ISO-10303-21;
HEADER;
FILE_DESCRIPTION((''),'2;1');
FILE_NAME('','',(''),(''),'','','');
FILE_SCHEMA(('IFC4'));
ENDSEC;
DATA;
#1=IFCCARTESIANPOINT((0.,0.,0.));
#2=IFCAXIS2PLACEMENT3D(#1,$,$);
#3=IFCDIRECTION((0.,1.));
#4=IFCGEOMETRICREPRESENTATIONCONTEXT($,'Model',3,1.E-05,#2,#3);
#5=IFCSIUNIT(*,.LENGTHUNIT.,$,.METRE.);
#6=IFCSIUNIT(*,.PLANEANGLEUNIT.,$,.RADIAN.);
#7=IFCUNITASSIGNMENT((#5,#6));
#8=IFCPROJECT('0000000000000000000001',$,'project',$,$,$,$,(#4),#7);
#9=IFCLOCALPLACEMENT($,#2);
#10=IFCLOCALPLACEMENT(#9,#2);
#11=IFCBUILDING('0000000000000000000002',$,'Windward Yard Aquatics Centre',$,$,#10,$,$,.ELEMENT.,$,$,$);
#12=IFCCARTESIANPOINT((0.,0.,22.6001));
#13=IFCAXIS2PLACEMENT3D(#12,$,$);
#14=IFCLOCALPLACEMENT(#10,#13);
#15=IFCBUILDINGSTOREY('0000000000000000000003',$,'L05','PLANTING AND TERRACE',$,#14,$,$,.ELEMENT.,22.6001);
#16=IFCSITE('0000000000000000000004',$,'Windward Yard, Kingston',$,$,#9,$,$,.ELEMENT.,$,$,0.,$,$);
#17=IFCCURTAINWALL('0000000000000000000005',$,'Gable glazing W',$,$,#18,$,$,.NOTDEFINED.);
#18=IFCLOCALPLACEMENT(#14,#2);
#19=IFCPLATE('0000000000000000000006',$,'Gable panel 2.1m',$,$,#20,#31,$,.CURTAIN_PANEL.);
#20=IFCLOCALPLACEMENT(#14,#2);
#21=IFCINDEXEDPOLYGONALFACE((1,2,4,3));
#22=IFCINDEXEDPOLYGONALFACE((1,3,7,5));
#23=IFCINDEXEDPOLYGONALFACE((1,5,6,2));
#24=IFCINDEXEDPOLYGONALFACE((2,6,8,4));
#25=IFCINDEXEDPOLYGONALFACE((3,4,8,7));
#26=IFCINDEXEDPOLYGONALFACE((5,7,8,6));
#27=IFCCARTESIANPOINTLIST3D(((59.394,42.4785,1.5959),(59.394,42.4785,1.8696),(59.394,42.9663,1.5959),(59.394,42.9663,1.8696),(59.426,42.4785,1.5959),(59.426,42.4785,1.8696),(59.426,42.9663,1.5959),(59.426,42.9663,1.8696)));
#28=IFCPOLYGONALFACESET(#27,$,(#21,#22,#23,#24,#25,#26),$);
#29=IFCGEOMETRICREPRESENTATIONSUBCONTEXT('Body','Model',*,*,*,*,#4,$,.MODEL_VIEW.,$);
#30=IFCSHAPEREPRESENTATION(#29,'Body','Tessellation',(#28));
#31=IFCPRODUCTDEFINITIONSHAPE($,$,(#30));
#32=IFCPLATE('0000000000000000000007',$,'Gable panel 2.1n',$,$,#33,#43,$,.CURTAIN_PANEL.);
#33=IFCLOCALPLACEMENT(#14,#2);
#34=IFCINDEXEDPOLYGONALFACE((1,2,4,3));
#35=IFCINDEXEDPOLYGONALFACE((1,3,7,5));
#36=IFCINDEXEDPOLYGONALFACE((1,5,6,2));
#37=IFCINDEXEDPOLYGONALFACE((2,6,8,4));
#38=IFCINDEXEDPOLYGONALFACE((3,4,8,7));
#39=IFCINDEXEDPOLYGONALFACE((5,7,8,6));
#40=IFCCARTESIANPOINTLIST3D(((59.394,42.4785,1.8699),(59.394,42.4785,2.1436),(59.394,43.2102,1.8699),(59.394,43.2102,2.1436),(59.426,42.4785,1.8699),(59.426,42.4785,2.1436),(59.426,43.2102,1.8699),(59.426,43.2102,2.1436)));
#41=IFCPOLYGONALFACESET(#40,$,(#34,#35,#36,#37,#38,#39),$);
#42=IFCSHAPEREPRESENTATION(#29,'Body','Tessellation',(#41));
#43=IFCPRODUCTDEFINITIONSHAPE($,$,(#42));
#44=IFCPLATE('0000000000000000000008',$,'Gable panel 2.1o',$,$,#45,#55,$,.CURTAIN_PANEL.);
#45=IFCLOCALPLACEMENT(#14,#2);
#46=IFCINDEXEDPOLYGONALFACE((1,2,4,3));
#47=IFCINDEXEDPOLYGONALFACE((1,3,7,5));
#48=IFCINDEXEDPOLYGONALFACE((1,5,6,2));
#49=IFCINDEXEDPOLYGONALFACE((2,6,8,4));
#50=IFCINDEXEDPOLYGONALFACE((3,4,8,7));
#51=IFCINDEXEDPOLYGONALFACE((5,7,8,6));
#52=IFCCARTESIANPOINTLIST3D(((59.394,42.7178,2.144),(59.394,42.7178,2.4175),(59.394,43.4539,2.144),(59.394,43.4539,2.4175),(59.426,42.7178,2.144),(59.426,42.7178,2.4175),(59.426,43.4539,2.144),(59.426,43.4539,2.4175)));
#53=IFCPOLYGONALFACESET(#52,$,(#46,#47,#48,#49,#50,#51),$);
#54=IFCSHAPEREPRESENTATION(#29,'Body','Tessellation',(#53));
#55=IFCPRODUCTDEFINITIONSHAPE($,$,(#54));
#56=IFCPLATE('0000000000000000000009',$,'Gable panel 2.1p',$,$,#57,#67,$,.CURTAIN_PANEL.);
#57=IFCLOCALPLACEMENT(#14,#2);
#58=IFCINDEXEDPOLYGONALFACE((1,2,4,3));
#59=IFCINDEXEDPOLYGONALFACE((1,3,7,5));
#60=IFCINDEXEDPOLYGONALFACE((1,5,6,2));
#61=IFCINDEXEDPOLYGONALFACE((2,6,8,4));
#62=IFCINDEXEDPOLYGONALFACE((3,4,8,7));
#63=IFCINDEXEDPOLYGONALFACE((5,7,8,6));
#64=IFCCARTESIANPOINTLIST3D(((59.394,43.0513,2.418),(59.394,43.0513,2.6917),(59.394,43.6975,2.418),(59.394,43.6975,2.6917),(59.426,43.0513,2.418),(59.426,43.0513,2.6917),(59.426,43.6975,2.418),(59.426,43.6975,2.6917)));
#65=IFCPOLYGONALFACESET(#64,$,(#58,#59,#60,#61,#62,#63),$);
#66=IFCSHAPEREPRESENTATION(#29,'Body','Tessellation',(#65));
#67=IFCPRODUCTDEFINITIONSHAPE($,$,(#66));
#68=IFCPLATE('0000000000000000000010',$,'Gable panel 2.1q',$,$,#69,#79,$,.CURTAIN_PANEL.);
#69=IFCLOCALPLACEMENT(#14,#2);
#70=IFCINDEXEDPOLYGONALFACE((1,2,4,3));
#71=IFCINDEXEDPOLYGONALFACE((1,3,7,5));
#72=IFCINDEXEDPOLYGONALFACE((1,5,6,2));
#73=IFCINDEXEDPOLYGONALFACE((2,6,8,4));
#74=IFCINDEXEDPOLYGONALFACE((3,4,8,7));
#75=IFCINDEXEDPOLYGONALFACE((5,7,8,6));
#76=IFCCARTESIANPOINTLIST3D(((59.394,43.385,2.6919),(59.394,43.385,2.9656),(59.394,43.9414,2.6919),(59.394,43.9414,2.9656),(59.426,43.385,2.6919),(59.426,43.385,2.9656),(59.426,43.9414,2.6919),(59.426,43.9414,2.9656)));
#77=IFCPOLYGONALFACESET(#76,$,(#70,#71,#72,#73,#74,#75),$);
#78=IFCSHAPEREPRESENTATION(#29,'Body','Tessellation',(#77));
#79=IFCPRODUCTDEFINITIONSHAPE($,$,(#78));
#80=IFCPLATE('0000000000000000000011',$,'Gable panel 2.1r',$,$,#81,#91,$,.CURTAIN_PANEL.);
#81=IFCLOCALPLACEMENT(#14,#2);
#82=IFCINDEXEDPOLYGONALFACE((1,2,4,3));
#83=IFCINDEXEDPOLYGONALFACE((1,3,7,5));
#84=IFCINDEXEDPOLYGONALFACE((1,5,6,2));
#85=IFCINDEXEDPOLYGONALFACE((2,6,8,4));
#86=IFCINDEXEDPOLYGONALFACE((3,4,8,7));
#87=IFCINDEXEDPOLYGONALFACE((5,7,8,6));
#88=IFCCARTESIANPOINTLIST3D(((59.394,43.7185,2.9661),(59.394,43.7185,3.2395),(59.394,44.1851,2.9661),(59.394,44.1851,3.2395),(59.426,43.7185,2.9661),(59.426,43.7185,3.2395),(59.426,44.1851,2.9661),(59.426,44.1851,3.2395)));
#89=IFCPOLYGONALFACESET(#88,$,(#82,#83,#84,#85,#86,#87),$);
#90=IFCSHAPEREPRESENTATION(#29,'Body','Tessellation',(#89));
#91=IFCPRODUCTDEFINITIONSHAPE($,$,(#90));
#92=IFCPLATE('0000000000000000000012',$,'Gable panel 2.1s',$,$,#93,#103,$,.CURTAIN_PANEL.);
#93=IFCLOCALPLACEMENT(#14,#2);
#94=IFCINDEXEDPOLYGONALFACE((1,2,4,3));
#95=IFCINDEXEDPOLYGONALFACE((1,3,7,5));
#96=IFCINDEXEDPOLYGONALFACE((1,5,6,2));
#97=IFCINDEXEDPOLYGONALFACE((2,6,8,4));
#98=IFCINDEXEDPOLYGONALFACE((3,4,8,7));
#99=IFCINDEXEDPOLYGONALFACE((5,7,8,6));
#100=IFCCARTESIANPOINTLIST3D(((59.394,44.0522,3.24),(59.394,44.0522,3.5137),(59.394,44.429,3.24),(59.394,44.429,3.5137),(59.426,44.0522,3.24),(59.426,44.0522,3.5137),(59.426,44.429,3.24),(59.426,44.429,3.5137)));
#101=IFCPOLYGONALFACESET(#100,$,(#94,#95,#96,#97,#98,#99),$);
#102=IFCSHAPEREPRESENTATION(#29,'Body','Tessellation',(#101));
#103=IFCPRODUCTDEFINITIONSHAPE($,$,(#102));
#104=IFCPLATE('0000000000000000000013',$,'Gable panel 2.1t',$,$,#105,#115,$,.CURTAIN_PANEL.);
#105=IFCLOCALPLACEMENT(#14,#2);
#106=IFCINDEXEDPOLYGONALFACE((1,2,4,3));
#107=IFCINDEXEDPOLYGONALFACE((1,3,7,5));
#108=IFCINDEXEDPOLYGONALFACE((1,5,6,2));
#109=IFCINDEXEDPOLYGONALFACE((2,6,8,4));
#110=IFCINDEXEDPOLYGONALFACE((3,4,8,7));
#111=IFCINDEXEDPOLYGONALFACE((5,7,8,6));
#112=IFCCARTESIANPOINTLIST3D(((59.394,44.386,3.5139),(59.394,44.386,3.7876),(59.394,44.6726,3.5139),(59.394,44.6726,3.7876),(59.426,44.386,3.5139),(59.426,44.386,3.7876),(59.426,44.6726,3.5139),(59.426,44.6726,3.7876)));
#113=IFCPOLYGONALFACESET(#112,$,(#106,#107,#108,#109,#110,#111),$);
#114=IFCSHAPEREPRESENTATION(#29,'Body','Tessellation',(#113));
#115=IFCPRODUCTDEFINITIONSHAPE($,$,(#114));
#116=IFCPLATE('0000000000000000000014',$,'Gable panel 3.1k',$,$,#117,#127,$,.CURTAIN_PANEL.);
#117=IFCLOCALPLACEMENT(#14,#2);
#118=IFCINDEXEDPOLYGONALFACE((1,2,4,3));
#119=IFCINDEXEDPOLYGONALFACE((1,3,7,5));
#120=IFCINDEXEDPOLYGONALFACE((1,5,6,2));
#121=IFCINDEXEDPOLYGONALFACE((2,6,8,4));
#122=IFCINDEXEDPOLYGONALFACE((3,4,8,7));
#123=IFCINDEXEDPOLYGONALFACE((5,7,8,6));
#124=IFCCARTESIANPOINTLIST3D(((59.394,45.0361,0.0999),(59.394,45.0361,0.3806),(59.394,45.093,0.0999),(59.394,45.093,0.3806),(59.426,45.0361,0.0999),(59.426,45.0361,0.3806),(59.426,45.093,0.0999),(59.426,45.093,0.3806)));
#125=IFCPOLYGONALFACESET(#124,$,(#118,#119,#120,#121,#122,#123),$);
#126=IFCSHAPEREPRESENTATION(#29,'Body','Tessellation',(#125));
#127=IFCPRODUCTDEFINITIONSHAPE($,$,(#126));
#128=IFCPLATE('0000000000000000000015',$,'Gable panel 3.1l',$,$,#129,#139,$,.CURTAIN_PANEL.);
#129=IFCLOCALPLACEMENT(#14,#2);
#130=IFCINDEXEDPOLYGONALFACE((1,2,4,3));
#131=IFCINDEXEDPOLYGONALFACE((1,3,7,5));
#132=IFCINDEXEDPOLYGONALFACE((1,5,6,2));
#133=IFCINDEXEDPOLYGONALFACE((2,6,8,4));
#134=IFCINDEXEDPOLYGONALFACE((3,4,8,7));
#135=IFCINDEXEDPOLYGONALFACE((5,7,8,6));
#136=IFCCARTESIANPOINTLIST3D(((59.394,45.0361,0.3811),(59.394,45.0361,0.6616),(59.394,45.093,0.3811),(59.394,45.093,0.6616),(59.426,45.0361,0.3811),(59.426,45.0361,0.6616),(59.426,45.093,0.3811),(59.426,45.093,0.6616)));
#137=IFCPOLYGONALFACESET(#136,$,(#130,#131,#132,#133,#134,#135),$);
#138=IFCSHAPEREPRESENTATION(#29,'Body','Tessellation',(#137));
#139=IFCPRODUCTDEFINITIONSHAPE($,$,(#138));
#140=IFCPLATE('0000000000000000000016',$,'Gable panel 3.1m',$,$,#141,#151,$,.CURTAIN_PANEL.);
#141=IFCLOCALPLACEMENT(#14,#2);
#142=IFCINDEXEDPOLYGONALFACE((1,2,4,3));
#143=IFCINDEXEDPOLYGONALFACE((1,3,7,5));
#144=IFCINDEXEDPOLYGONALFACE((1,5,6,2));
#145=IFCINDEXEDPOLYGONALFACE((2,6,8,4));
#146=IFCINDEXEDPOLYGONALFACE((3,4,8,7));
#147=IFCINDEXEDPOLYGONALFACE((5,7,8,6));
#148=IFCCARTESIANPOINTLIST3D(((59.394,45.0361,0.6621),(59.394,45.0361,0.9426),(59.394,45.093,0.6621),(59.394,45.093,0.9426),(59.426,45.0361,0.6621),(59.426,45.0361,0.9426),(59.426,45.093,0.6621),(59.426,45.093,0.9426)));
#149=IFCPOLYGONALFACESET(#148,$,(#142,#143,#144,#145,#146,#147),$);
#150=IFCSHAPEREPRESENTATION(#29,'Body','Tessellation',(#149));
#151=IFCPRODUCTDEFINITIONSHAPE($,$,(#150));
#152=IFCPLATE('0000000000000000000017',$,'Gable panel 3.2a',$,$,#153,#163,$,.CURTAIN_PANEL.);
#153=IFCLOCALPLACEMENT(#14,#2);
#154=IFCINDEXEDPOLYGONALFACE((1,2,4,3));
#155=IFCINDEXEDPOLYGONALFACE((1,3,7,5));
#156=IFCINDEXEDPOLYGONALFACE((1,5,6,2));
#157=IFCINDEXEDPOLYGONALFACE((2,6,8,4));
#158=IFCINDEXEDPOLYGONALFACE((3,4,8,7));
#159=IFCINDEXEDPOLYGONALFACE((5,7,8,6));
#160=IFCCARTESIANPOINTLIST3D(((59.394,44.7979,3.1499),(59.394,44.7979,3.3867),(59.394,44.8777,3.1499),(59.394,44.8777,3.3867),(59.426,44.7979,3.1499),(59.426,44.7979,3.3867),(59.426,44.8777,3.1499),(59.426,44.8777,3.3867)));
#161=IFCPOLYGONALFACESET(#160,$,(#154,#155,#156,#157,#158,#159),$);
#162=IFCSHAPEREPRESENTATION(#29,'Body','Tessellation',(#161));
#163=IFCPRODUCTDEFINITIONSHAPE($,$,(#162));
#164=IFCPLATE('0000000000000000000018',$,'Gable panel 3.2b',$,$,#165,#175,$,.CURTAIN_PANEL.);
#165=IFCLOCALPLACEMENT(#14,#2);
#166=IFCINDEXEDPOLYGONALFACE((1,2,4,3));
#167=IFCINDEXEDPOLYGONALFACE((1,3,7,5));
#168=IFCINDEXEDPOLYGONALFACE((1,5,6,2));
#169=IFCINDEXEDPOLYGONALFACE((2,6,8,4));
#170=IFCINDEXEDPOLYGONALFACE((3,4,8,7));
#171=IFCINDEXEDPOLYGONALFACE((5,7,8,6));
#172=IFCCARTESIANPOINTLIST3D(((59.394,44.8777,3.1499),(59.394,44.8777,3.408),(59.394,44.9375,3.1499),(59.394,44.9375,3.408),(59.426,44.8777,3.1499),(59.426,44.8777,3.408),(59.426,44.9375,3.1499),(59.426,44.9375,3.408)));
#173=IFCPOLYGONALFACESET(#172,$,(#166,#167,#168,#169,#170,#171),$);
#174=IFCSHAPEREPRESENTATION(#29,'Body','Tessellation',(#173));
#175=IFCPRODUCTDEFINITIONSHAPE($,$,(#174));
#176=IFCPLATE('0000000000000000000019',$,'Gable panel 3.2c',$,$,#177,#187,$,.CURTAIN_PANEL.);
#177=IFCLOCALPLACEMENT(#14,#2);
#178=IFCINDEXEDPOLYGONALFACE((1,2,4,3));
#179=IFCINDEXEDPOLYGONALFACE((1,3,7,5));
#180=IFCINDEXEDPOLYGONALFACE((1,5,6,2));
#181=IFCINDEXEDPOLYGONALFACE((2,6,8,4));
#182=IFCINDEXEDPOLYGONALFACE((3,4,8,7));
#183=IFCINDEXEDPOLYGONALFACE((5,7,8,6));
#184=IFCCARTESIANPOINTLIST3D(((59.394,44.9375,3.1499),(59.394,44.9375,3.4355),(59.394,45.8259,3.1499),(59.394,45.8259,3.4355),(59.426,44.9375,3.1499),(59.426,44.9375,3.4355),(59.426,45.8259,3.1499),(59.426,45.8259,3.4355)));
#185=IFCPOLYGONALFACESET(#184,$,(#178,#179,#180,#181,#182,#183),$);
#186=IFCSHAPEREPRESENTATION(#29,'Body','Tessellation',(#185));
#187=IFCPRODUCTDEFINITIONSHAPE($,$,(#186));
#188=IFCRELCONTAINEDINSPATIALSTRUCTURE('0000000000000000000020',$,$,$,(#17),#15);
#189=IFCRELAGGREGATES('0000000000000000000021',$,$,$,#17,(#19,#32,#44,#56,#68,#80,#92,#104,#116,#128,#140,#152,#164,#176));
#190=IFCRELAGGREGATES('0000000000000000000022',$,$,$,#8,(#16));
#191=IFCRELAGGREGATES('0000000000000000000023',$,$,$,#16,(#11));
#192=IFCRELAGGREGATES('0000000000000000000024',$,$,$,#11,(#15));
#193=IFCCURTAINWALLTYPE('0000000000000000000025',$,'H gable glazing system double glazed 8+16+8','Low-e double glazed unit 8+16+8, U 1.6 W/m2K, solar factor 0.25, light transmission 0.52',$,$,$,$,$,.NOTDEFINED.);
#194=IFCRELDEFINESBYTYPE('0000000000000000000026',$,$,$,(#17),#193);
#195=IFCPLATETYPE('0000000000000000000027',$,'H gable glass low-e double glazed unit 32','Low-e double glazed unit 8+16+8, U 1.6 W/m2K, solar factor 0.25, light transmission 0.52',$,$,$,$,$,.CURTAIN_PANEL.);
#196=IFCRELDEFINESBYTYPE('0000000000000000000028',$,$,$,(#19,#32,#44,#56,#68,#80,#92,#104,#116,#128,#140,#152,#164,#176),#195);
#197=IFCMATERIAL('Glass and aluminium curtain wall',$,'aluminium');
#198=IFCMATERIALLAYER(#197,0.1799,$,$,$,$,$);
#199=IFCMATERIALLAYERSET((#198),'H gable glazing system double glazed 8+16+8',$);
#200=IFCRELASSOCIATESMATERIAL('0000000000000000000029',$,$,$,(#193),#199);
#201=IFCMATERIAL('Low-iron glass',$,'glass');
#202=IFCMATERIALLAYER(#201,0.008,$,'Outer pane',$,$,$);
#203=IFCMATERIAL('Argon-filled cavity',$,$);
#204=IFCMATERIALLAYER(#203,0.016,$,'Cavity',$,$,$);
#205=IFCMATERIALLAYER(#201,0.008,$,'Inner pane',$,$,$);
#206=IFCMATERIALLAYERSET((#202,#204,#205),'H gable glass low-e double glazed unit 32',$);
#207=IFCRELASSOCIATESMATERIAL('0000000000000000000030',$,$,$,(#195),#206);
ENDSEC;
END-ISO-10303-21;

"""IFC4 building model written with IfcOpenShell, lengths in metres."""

from ifc_helpers import new_model, si_unit, direction, frame, origin, place, context, subcontext, project, spatial, polyline, outline, extrude, material, layer, layer_set, type_object, element, aggregate, save


model = new_model("IFC4")

# Units and contexts
model_context = context("Model", 3, precision=1e-05, world=origin(), true_north=direction((0.0, 1.0)))
body_context = subcontext(model_context, "Body", "Model", "MODEL_VIEW")
ifc_project = project(units=[si_unit("LENGTHUNIT", "METRE"), si_unit("PLANEANGLEUNIT", "RADIAN")], contexts=[model_context])

# Site, building, storey
site_placement = place(None, origin())
site = spatial("IfcSite", under=ifc_project, at=site_placement, Name="Windward Yard, Kingston", CompositionType="ELEMENT", RefElevation=0.0)
building_placement = place(site_placement, origin())
building = spatial("IfcBuilding", under=site, at=building_placement, Name="Windward Yard Aquatics Centre", CompositionType="ELEMENT")
storey_placement = place(building_placement, frame((0.0, 0.0, 22.6001)))
storey = spatial("IfcBuildingStorey", under=building, at=storey_placement, Name="L05", Description="PLANTING AND TERRACE", CompositionType="ELEMENT", Elevation=22.6001)

# Curtain wall, plates
ifc_material_1 = material(Name="Glass and aluminium curtain wall", Category="aluminium")
ifc_layer_1 = layer(ifc_material_1, 0.1799)
ifc_layer_set_1 = layer_set([ifc_layer_1], Name="H gable glazing system double glazed 8+16+8")
curtain_wall_type = type_object("IfcCurtainWallType", Name="H gable glazing system double glazed 8+16+8", Description="Low-e double glazed unit 8+16+8, U 1.6 W/m2K, solar factor 0.25, light transmission 0.52", PredefinedType="NOTDEFINED", material=ifc_layer_set_1)
curtain_wall_placement = place(storey_placement, origin())
curtain_wall = element("IfcCurtainWall", 1, at=curtain_wall_placement, inside=storey, type_object=curtain_wall_type, Name="Gable glazing W", PredefinedType="NOTDEFINED")
ifc_material_2 = material(Name="Low-iron glass", Category="glass")
ifc_layer_2 = layer(ifc_material_2, 0.008, Name="Outer pane")
ifc_material_3 = material(Name="Argon-filled cavity")
ifc_layer_3 = layer(ifc_material_3, 0.016, Name="Cavity")
ifc_layer_4 = layer(ifc_material_2, 0.008, Name="Inner pane")
ifc_layer_set_2 = layer_set([ifc_layer_2, ifc_layer_3, ifc_layer_4], Name="H gable glass low-e double glazed unit 32")
plate_type = type_object("IfcPlateType", Name="H gable glass low-e double glazed unit 32", Description="Low-e double glazed unit 8+16+8, U 1.6 W/m2K, solar factor 0.25, light transmission 0.52", PredefinedType="CURTAIN_PANEL", material=ifc_layer_set_2)
plate_1_placement = place(storey_placement, frame((59.426, 42.4785, 1.5959), z_axis=(1.0, 0.0, 0.0), x_axis=(0.0, 1.0, 0.0)))
plate_1 = element("IfcPlate", 2, at=plate_1_placement, type_object=plate_type, Name="Gable panel 2.1m", PredefinedType="CURTAIN_PANEL", context=body_context, shape_type="SweptSolid", body=[
    extrude(outline(polyline([(0.0, 0.0), (0.4878, 0.0), (0.4878, 0.2737), (0.0, 0.2737), (0.0, 0.0)])), origin(), (0.0, 0.0, -1.0), 0.032),
])
plate_2_placement = place(storey_placement, frame((59.426, 42.4785, 1.8699), z_axis=(1.0, 0.0, 0.0), x_axis=(0.0, 1.0, 0.0)))
plate_2 = element("IfcPlate", 3, at=plate_2_placement, type_object=plate_type, Name="Gable panel 2.1n", PredefinedType="CURTAIN_PANEL", context=body_context, shape_type="SweptSolid", body=[
    extrude(outline(polyline([(0.0, 0.0), (0.7317, 0.0), (0.7317, 0.2737), (0.0, 0.2737), (0.0, 0.0)])), origin(), (0.0, 0.0, -1.0), 0.032),
])
plate_3_placement = place(storey_placement, frame((59.426, 42.7178, 2.144), z_axis=(1.0, 0.0, 0.0), x_axis=(0.0, 1.0, 0.0)))
plate_3 = element("IfcPlate", 4, at=plate_3_placement, type_object=plate_type, Name="Gable panel 2.1o", PredefinedType="CURTAIN_PANEL", context=body_context, shape_type="SweptSolid", body=[
    extrude(outline(polyline([(0.0, 0.0), (0.7361, 0.0), (0.7361, 0.2734), (0.0, 0.2734), (0.0, 0.0)])), origin(), (0.0, 0.0, -1.0), 0.032),
])
plate_4_placement = place(storey_placement, frame((59.426, 43.0513, 2.418), z_axis=(1.0, 0.0, 0.0), x_axis=(0.0, 1.0, 0.0)))
plate_4 = element("IfcPlate", 5, at=plate_4_placement, type_object=plate_type, Name="Gable panel 2.1p", PredefinedType="CURTAIN_PANEL", context=body_context, shape_type="SweptSolid", body=[
    extrude(outline(polyline([(0.0, 0.0), (0.6462, 0.0), (0.6462, 0.2737), (0.0, 0.2737), (0.0, 0.0)])), origin(), (0.0, 0.0, -1.0), 0.032),
])
plate_5_placement = place(storey_placement, frame((59.426, 43.385, 2.6919), z_axis=(1.0, 0.0, 0.0), x_axis=(0.0, 1.0, 0.0)))
plate_5 = element("IfcPlate", 6, at=plate_5_placement, type_object=plate_type, Name="Gable panel 2.1q", PredefinedType="CURTAIN_PANEL", context=body_context, shape_type="SweptSolid", body=[
    extrude(outline(polyline([(0.0, 0.0), (0.5564, 0.0), (0.5564, 0.2737), (0.0, 0.2737), (0.0, 0.0)])), origin(), (0.0, 0.0, -1.0), 0.032),
])
plate_6_placement = place(storey_placement, frame((59.426, 43.7185, 2.9661), z_axis=(1.0, 0.0, 0.0), x_axis=(0.0, 1.0, 0.0)))
plate_6 = element("IfcPlate", 7, at=plate_6_placement, type_object=plate_type, Name="Gable panel 2.1r", PredefinedType="CURTAIN_PANEL", context=body_context, shape_type="SweptSolid", body=[
    extrude(outline(polyline([(0.0, 0.0), (0.4666, 0.0), (0.4666, 0.2734), (0.0, 0.2734), (0.0, 0.0)])), origin(), (0.0, 0.0, -1.0), 0.032),
])
plate_7_placement = place(storey_placement, frame((59.426, 44.0522, 3.24), z_axis=(1.0, 0.0, 0.0), x_axis=(0.0, 1.0, 0.0)))
plate_7 = element("IfcPlate", 8, at=plate_7_placement, type_object=plate_type, Name="Gable panel 2.1s", PredefinedType="CURTAIN_PANEL", context=body_context, shape_type="SweptSolid", body=[
    extrude(outline(polyline([(0.0, 0.0), (0.3767, 0.0), (0.3767, 0.2737), (0.0, 0.2737), (0.0, 0.0)])), origin(), (0.0, 0.0, -1.0), 0.032),
])
plate_8_placement = place(storey_placement, frame((59.426, 44.386, 3.5139), z_axis=(1.0, 0.0, 0.0), x_axis=(0.0, 1.0, 0.0)))
plate_8 = element("IfcPlate", 9, at=plate_8_placement, type_object=plate_type, Name="Gable panel 2.1t", PredefinedType="CURTAIN_PANEL", context=body_context, shape_type="SweptSolid", body=[
    extrude(outline(polyline([(0.0, 0.0), (0.2866, 0.0), (0.2866, 0.2737), (0.0, 0.2737), (0.0, 0.0)])), origin(), (0.0, 0.0, -1.0), 0.032),
])
plate_9_placement = place(storey_placement, frame((59.426, 45.0361, 0.0999), z_axis=(1.0, 0.0, 0.0), x_axis=(0.0, 1.0, 0.0)))
plate_9 = element("IfcPlate", 10, at=plate_9_placement, type_object=plate_type, Name="Gable panel 3.1k", PredefinedType="CURTAIN_PANEL", context=body_context, shape_type="SweptSolid", body=[
    extrude(outline(polyline([(0.0, 0.0), (0.0569, 0.0), (0.0569, 0.2808), (0.0, 0.2808), (0.0, 0.0)])), origin(), (0.0, 0.0, -1.0), 0.032),
])
plate_10_placement = place(storey_placement, frame((59.426, 45.0361, 0.3811), z_axis=(1.0, 0.0, 0.0), x_axis=(0.0, 1.0, 0.0)))
plate_10 = element("IfcPlate", 11, at=plate_10_placement, type_object=plate_type, Name="Gable panel 3.1l", PredefinedType="CURTAIN_PANEL", context=body_context, shape_type="SweptSolid", body=[
    extrude(outline(polyline([(0.0, 0.0), (0.0569, 0.0), (0.0569, 0.2805), (0.0, 0.2805), (0.0, 0.0)])), origin(), (0.0, 0.0, -1.0), 0.032),
])
plate_11_placement = place(storey_placement, frame((59.426, 45.0361, 0.6621), z_axis=(1.0, 0.0, 0.0), x_axis=(0.0, 1.0, 0.0)))
plate_11 = element("IfcPlate", 12, at=plate_11_placement, type_object=plate_type, Name="Gable panel 3.1m", PredefinedType="CURTAIN_PANEL", context=body_context, shape_type="SweptSolid", body=[
    extrude(outline(polyline([(0.0, 0.0), (0.0569, 0.0), (0.0569, 0.2805), (0.0, 0.2805), (0.0, 0.0)])), origin(), (0.0, 0.0, -1.0), 0.032),
])
plate_12_placement = place(storey_placement, frame((59.426, 44.7979, 3.1499), z_axis=(1.0, 0.0, 0.0), x_axis=(0.0, 1.0, 0.0)))
plate_12 = element("IfcPlate", 13, at=plate_12_placement, type_object=plate_type, Name="Gable panel 3.2a", PredefinedType="CURTAIN_PANEL", context=body_context, shape_type="SweptSolid", body=[
    extrude(outline(polyline([(0.0, 0.0), (0.0798, 0.0), (0.0798, 0.2368), (0.0, 0.2368), (0.0, 0.0)])), origin(), (0.0, 0.0, -1.0), 0.032),
])
plate_13_placement = place(storey_placement, frame((59.426, 44.8777, 3.1499), z_axis=(1.0, 0.0, 0.0), x_axis=(0.0, 1.0, 0.0)))
plate_13 = element("IfcPlate", 14, at=plate_13_placement, type_object=plate_type, Name="Gable panel 3.2b", PredefinedType="CURTAIN_PANEL", context=body_context, shape_type="SweptSolid", body=[
    extrude(outline(polyline([(0.0, 0.0), (0.0598, 0.0), (0.0598, 0.2581), (0.0, 0.2581), (0.0, 0.0)])), origin(), (0.0, 0.0, -1.0), 0.032),
])
plate_14_placement = place(storey_placement, frame((59.426, 44.9375, 3.1499), z_axis=(1.0, 0.0, 0.0), x_axis=(0.0, 1.0, 0.0)))
plate_14 = element("IfcPlate", 15, at=plate_14_placement, type_object=plate_type, Name="Gable panel 3.2c", PredefinedType="CURTAIN_PANEL", context=body_context, shape_type="SweptSolid", body=[
    extrude(outline(polyline([(0.0, 0.0), (0.8884, 0.0), (0.8884, 0.2856), (0.0, 0.2856), (0.0, 0.0)])), origin(), (0.0, 0.0, -1.0), 0.032),
])
aggregate(curtain_wall, [plate_1, plate_2, plate_3, plate_4, plate_5, plate_6, plate_7, plate_8, plate_9, plate_10, plate_11, plate_12, plate_13, plate_14])

save(model, "model.ifc")
